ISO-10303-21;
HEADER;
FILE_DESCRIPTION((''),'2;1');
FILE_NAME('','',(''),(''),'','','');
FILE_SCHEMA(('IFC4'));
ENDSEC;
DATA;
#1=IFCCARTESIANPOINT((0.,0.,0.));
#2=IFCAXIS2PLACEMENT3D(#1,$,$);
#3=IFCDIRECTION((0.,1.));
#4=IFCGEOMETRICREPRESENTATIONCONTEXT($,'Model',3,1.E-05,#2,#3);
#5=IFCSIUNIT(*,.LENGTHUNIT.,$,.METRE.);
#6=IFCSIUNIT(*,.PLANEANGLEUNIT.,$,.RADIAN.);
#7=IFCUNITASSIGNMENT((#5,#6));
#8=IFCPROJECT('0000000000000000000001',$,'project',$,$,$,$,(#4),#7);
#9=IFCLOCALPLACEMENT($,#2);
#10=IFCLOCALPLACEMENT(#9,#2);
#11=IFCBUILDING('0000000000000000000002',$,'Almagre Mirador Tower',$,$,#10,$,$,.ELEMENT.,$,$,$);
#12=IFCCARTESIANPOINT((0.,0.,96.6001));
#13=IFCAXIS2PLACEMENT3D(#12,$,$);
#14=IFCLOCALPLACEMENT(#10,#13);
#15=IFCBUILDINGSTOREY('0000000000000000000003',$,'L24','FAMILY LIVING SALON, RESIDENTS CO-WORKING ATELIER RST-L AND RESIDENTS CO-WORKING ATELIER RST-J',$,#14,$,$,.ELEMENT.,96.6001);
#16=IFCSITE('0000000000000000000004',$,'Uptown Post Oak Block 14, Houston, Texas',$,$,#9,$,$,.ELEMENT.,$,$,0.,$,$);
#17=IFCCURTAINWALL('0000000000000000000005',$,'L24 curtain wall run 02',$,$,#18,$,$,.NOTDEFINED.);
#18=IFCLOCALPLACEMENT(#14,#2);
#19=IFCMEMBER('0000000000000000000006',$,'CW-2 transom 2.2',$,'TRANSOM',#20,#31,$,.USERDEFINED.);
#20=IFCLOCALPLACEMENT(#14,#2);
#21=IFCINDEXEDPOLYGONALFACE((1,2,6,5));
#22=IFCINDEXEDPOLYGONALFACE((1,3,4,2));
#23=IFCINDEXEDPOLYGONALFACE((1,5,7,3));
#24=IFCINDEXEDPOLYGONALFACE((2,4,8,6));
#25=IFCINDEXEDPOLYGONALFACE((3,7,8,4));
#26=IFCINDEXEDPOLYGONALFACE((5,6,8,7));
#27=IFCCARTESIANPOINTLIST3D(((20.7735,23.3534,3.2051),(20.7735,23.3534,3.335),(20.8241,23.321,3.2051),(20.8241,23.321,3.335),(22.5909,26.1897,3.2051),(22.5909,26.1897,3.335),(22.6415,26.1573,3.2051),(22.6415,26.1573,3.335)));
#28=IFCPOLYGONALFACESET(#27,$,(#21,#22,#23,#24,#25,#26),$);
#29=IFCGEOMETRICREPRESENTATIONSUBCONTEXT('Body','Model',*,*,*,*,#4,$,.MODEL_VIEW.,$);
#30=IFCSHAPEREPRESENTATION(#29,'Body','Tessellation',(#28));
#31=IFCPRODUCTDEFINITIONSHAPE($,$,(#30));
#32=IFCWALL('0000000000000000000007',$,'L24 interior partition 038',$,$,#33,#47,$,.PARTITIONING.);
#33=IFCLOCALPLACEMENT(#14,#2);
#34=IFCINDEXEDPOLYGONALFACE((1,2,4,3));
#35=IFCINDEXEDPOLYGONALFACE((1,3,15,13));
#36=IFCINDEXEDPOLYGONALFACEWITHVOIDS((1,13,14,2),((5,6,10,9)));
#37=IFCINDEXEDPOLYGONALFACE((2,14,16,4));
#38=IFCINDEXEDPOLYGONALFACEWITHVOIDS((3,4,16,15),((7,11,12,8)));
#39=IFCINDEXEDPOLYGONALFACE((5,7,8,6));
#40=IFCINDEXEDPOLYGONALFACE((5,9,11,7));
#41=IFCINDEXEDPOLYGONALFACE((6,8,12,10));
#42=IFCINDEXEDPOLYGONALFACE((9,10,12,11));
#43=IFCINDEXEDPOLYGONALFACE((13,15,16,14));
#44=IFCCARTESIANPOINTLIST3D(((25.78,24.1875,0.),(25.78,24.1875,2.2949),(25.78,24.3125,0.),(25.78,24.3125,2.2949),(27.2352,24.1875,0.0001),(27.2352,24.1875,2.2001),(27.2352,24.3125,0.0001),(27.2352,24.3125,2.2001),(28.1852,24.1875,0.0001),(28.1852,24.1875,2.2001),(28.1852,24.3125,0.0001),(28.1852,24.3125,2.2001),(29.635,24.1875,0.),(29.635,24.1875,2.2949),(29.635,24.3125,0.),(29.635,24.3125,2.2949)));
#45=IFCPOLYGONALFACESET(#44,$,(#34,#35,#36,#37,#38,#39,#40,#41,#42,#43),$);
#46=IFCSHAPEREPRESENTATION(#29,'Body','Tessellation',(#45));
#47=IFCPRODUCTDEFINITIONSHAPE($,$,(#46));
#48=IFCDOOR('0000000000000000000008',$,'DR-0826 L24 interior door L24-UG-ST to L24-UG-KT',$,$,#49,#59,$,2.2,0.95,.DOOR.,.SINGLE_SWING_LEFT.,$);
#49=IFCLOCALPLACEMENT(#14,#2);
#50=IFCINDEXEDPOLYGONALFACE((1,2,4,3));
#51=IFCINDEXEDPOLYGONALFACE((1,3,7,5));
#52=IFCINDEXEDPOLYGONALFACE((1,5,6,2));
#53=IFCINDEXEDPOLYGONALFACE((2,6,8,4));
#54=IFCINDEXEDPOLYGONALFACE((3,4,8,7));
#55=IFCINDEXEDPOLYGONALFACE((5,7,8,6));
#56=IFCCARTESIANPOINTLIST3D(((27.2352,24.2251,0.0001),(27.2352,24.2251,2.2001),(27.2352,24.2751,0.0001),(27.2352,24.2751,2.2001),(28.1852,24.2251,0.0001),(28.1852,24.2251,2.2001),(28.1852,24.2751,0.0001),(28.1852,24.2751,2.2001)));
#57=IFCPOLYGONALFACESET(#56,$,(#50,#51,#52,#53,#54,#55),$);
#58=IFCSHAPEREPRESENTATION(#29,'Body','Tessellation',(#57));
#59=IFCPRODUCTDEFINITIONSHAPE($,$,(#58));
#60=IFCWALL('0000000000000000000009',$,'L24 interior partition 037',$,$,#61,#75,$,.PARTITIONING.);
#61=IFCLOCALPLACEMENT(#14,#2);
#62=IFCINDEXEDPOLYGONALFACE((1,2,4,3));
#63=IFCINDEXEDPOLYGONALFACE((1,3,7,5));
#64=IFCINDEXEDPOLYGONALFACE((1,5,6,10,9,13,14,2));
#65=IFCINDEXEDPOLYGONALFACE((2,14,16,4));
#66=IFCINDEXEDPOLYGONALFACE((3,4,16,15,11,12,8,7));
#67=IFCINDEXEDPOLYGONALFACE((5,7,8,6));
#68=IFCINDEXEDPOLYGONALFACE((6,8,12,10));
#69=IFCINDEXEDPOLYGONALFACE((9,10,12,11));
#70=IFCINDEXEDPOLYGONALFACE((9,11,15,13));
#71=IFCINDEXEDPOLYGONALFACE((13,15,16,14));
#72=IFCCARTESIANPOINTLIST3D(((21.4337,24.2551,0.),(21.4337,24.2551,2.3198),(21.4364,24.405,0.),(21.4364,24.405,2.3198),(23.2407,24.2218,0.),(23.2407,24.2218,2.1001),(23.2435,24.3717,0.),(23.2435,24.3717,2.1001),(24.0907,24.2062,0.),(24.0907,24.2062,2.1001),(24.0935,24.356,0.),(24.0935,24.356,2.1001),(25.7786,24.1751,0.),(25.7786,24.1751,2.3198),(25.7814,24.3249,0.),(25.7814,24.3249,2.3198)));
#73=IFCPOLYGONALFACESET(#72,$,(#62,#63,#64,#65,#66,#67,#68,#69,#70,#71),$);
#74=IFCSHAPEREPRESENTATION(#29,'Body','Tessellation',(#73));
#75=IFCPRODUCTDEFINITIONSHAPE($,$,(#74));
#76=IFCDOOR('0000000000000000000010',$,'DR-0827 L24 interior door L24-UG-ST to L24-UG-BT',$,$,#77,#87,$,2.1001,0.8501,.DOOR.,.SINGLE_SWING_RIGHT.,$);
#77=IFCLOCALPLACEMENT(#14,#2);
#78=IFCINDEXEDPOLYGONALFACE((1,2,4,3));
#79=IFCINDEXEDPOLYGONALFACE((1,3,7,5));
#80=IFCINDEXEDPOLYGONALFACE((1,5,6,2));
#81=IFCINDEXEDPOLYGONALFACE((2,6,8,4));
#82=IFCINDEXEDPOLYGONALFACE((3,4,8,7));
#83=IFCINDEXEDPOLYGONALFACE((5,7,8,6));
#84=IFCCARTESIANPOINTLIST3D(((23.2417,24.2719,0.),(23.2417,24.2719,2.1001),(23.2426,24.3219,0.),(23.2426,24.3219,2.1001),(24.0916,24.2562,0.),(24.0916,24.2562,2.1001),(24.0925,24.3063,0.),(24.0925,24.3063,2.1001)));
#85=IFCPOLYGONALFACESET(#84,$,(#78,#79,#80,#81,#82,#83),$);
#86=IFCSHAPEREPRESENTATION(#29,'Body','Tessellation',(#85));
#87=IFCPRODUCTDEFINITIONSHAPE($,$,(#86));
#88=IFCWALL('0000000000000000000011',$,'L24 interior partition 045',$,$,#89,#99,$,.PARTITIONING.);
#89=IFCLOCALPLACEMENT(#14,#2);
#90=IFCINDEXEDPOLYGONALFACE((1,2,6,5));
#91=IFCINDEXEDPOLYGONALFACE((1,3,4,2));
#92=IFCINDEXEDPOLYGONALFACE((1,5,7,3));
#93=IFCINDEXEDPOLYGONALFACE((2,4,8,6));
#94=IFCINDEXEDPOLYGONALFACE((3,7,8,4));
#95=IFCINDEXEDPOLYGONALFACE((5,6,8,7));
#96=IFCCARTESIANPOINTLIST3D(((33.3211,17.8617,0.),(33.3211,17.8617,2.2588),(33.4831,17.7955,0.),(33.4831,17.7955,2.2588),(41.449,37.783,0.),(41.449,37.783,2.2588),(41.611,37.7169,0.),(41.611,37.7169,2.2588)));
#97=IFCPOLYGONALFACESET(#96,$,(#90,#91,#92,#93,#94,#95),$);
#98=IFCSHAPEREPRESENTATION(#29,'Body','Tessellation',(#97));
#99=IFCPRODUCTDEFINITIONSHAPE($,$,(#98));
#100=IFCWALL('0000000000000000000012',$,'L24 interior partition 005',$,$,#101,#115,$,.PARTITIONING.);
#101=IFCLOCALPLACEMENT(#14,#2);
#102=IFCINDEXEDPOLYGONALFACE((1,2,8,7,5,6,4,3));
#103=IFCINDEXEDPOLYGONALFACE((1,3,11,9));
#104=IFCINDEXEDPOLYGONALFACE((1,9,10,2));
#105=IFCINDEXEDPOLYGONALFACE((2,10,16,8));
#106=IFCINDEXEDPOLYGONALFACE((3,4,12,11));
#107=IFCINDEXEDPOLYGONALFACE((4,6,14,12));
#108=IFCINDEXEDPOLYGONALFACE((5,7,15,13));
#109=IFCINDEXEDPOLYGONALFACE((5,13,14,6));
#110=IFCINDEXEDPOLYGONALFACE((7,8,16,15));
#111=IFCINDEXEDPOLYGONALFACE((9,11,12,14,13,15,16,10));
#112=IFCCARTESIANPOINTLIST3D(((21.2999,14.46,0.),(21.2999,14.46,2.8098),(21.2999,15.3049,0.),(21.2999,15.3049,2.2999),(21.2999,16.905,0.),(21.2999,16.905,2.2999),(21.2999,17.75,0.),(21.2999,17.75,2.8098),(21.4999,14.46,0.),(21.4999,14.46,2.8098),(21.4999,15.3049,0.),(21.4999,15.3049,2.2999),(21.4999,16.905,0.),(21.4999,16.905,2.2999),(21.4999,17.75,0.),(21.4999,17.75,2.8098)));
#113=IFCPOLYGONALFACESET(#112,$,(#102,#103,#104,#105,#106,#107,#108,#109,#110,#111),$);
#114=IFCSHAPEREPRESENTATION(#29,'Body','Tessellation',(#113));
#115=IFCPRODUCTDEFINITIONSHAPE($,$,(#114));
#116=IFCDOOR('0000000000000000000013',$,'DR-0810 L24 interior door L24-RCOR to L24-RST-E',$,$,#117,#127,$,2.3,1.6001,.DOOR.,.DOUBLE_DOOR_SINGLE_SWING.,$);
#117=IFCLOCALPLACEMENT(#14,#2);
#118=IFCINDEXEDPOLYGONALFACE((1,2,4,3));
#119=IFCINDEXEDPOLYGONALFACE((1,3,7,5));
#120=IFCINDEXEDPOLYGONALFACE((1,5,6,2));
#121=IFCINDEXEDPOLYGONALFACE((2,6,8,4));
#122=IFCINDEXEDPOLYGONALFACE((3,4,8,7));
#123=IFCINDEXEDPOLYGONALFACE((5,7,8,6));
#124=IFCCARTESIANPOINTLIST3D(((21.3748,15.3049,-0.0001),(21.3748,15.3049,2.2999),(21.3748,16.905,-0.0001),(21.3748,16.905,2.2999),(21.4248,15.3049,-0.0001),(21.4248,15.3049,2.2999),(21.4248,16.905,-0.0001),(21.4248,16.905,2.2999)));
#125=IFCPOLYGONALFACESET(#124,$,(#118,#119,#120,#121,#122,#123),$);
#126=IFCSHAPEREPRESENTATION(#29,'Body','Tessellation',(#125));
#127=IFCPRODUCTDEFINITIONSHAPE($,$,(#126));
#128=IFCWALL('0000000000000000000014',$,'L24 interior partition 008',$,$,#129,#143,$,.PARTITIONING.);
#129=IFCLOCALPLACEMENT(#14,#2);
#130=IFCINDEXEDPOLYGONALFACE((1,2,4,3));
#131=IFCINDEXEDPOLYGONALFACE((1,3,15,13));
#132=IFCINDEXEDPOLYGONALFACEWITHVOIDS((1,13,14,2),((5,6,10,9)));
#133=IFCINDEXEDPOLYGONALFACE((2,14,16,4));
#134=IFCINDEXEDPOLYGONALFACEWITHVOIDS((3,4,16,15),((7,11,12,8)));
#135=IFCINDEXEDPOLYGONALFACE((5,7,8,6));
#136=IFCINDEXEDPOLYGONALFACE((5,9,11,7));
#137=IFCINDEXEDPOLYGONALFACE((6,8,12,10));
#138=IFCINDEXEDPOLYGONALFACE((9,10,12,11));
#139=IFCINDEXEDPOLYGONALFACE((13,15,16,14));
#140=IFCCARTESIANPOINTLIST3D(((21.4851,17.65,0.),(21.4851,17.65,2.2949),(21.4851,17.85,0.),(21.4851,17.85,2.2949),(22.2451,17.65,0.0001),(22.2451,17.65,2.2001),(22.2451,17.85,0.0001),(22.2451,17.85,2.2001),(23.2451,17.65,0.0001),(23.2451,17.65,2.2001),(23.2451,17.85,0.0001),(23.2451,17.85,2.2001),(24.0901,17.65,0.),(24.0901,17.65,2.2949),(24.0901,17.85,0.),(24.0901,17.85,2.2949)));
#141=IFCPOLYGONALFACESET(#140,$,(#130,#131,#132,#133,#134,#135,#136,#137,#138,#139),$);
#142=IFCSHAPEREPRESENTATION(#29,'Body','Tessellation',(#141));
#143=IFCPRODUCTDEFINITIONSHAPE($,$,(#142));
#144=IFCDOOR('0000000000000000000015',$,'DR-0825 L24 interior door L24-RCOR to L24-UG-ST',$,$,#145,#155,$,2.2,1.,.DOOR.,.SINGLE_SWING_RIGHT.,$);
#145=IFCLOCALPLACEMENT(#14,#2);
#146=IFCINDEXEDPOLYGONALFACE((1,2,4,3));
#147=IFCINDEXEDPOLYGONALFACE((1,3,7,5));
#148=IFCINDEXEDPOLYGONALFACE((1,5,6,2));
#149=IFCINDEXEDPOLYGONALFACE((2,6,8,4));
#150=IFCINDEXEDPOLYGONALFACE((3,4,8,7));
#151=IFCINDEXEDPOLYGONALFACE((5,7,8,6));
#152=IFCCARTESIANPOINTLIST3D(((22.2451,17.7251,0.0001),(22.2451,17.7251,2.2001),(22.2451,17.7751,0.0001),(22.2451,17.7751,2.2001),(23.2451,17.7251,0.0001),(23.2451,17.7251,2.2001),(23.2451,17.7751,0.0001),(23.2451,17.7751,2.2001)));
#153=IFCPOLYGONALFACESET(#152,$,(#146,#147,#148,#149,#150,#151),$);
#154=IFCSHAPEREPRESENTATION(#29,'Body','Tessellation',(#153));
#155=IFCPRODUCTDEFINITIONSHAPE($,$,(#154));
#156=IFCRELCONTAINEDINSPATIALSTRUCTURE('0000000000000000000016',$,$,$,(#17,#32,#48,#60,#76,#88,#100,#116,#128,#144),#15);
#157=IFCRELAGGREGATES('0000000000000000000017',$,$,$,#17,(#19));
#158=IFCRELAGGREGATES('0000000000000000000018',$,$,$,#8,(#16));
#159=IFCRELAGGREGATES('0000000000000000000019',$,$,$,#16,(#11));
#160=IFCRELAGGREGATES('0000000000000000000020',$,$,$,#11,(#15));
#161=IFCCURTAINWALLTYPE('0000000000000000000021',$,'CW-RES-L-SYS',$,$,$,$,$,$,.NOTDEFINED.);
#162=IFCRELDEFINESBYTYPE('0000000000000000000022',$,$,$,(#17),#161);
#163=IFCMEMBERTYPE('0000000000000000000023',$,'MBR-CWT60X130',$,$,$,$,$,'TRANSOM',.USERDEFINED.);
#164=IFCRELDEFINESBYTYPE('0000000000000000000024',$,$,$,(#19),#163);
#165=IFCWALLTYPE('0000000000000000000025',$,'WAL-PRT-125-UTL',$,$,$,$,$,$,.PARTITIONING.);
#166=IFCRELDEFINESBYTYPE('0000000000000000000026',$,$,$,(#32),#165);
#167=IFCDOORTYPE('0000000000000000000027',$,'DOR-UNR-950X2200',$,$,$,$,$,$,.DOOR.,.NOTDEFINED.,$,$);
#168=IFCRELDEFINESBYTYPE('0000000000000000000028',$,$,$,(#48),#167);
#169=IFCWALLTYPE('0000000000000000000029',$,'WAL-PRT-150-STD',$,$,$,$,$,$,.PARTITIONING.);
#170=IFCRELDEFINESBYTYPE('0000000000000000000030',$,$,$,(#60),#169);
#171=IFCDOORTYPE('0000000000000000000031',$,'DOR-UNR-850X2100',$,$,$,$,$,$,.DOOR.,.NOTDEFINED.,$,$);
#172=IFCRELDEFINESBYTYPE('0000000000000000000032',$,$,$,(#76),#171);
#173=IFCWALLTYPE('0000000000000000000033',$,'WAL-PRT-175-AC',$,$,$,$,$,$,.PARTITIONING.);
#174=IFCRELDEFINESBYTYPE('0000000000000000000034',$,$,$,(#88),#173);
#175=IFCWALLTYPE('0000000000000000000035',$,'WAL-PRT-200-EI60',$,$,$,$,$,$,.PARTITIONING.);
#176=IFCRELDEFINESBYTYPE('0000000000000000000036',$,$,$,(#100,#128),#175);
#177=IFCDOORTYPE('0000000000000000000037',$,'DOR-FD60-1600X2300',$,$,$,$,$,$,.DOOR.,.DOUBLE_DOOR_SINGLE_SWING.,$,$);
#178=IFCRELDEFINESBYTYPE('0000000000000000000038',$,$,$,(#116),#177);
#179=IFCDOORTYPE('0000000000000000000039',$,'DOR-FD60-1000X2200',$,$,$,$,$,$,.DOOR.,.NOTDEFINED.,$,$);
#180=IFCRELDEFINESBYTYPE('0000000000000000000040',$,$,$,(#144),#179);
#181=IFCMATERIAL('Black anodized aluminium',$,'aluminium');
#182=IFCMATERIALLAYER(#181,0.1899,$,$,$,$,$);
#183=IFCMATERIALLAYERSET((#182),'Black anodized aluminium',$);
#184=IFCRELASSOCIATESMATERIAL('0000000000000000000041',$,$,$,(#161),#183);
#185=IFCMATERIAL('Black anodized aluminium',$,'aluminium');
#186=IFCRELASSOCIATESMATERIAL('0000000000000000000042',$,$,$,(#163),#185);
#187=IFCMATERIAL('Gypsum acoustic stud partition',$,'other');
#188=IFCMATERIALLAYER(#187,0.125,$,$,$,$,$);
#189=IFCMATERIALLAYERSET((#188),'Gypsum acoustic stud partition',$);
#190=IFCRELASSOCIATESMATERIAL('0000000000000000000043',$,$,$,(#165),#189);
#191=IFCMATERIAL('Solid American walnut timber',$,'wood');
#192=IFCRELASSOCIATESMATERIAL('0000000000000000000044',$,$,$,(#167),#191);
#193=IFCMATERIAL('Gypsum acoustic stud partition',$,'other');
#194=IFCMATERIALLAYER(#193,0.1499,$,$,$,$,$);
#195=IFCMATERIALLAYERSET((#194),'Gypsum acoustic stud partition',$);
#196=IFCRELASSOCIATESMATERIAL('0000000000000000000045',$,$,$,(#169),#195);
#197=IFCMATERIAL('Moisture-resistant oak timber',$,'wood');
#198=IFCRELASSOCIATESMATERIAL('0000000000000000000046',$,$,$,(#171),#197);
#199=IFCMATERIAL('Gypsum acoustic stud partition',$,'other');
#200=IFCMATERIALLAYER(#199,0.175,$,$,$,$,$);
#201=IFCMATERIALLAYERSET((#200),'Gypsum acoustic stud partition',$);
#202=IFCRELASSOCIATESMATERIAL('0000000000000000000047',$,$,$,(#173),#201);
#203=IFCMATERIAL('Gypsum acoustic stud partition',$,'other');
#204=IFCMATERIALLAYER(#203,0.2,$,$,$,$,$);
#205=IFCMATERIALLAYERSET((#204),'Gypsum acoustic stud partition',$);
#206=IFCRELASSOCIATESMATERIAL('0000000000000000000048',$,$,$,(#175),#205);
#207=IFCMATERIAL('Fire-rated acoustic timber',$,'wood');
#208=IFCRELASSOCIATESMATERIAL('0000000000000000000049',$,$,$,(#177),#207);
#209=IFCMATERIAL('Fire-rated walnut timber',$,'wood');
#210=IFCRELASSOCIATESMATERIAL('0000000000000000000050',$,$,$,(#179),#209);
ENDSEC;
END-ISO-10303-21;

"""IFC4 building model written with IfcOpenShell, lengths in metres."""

from ifc_helpers import new_model, si_unit, direction, frame, frame_2d, origin, origin_2d, place, context, subcontext, project, spatial, rectangle, extrude, material, layer, layer_set, material_profile, profile_set, type_object, element, fill, aggregate, save


model = new_model("IFC4")

# Units and contexts
model_context = context("Model", 3, precision=1e-05, world=origin(), true_north=direction((0.0, 1.0)))
body_context = subcontext(model_context, "Body", "Model", "MODEL_VIEW")
ifc_project = project(units=[si_unit("LENGTHUNIT", "METRE"), si_unit("PLANEANGLEUNIT", "RADIAN")], contexts=[model_context])

# Site, building, storey
site_placement = place(None, origin())
site = spatial("IfcSite", under=ifc_project, at=site_placement, Name="Uptown Post Oak Block 14, Houston, Texas", CompositionType="ELEMENT", RefElevation=0.0)
building_placement = place(site_placement, origin())
building = spatial("IfcBuilding", under=site, at=building_placement, Name="Almagre Mirador Tower", CompositionType="ELEMENT")
storey_placement = place(building_placement, frame((0.0, 0.0, 96.6001)))
storey = spatial("IfcBuildingStorey", under=building, at=storey_placement, Name="L24", Description="FAMILY LIVING SALON, RESIDENTS CO-WORKING ATELIER RST-L AND RESIDENTS CO-WORKING ATELIER RST-J", CompositionType="ELEMENT", Elevation=96.6001)

# Curtain wall, member
ifc_material_1 = material(Name="Black anodized aluminium", Category="aluminium")
ifc_layer_1 = layer(ifc_material_1, 0.1899)
ifc_layer_set_1 = layer_set([ifc_layer_1], Name="Black anodized aluminium")
curtain_wall_type = type_object("IfcCurtainWallType", Name="CW-RES-L-SYS", PredefinedType="NOTDEFINED", material=ifc_layer_set_1)
curtain_wall_placement = place(storey_placement, origin())
curtain_wall = element("IfcCurtainWall", 1, at=curtain_wall_placement, inside=storey, type_object=curtain_wall_type, Name="L24 curtain wall run 02", PredefinedType="NOTDEFINED")
ifc_material_2 = material(Name="Black anodized aluminium", Category="aluminium")
ifc_material_profile_1 = material_profile(ifc_material_2, rectangle(XDim=0.0601, YDim=0.1299, at=origin_2d()), Name="CWT60X130")
ifc_profile_set_1 = profile_set([ifc_material_profile_1], Name="Black anodized aluminium")
member_type = type_object("IfcMemberType", Name="MBR-CWT60X130", ElementType="TRANSOM", PredefinedType="USERDEFINED", material=ifc_profile_set_1)
member_placement = place(storey_placement, frame((20.7988, 23.3372, 3.27), z_axis=(0.53949, 0.841992, 0.0), x_axis=(-0.841992, 0.53949, 0.0)))
member = element("IfcMember", 2, at=member_placement, type_object=member_type, Name="CW-2 transom 2.2", ObjectType="TRANSOM", PredefinedType="USERDEFINED", context=body_context, shape_type="SweptSolid", body=[
    extrude(rectangle(XDim=0.0601, YDim=0.1299, at=origin_2d()), origin(), (0.0, 0.0, 1.0), 3.3687),
])
aggregate(curtain_wall, [member])

# Walls, openings, doors
ifc_material_3 = material(Name="Gypsum acoustic stud partition", Category="other")
ifc_layer_2 = layer(ifc_material_3, 0.125)
ifc_layer_set_2 = layer_set([ifc_layer_2], Name="Gypsum acoustic stud partition")
wall_type_1 = type_object("IfcWallType", Name="WAL-PRT-125-UTL", PredefinedType="PARTITIONING", material=ifc_layer_set_2)
wall_1_placement = place(storey_placement, frame((29.635, 24.25, 0.0), z_axis=(0.0, 0.0, 1.0), x_axis=(-1.0, 0.0, 0.0)))
wall_1 = element("IfcWall", 3, at=wall_1_placement, inside=storey, type_object=wall_type_1, Name="L24 interior partition 038", PredefinedType="PARTITIONING", context=body_context, shape_type="SweptSolid", body=[
    extrude(rectangle(XDim=3.855, YDim=0.125, at=frame_2d((1.9275, 0.0))), origin(), (0.0, 0.0, 1.0), 2.2949),
])
opening_1_placement = place(wall_1_placement, frame((1.4497, 0.0, 0.0)))
opening_1 = element("IfcOpeningElement", 4, at=opening_1_placement, cuts=wall_1, PredefinedType="OPENING", context=body_context, shape_type="SweptSolid", body=[
    extrude(rectangle(XDim=0.95, YDim=2.2, at=frame_2d((0.4751, 1.1001))), frame((0.0, 0.0725, 0.0), z_axis=(0.0, -1.0, 0.0), x_axis=(1.0, 0.0, 0.0)), (0.0, 0.0, 1.0), 0.145),
])
ifc_material_4 = material(Name="Solid American walnut timber", Category="wood")
door_type_1 = type_object("IfcDoorType", Name="DOR-UNR-950X2200", OperationType="NOTDEFINED", PredefinedType="DOOR", material=ifc_material_4)
door_1_placement = place(opening_1_placement, origin())
door_1 = element("IfcDoor", 5, at=door_1_placement, inside=storey, type_object=door_type_1, Name="DR-0826 L24 interior door L24-UG-ST to L24-UG-KT", OperationType="SINGLE_SWING_LEFT", OverallHeight=2.2, OverallWidth=0.95, PredefinedType="DOOR", context=body_context, shape_type="SweptSolid", body=[
    extrude(rectangle(XDim=0.95, YDim=2.2, at=frame_2d((0.4751, 1.1001))), frame((0.0, 0.0249, 0.0), z_axis=(0.0, -1.0, 0.0), x_axis=(1.0, 0.0, 0.0)), (0.0, 0.0, 1.0), 0.05),
])
fill(opening_1, door_1)
ifc_material_5 = material(Name="Gypsum acoustic stud partition", Category="other")
ifc_layer_3 = layer(ifc_material_5, 0.1499)
ifc_layer_set_3 = layer_set([ifc_layer_3], Name="Gypsum acoustic stud partition")
wall_type_2 = type_object("IfcWallType", Name="WAL-PRT-150-STD", PredefinedType="PARTITIONING", material=ifc_layer_set_3)
wall_2_placement = place(storey_placement, frame((25.78, 24.25, 0.0), z_axis=(0.0, 0.0, 1.0), x_axis=(-0.99983, 0.018427, 0.0)))
wall_2 = element("IfcWall", 6, at=wall_2_placement, inside=storey, type_object=wall_type_2, Name="L24 interior partition 037", PredefinedType="PARTITIONING", context=body_context, shape_type="SweptSolid", body=[
    extrude(rectangle(XDim=4.3457, YDim=0.1499, at=frame_2d((2.1729, 0.0))), origin(), (0.0, 0.0, 1.0), 2.3198),
])
opening_2_placement = place(wall_2_placement, frame((1.6882, 0.0, 0.0)))
opening_2 = element("IfcOpeningElement", 7, at=opening_2_placement, cuts=wall_2, PredefinedType="OPENING", context=body_context, shape_type="SweptSolid", body=[
    extrude(rectangle(XDim=0.8501, YDim=2.1001, at=frame_2d((0.425, 1.05))), frame((0.0, 0.085, 0.0), z_axis=(0.0, -1.0, 0.0), x_axis=(1.0, 0.0, 0.0)), (0.0, 0.0, 1.0), 0.1699),
])
ifc_material_6 = material(Name="Moisture-resistant oak timber", Category="wood")
door_type_2 = type_object("IfcDoorType", Name="DOR-UNR-850X2100", OperationType="NOTDEFINED", PredefinedType="DOOR", material=ifc_material_6)
door_2_placement = place(opening_2_placement, origin())
door_2 = element("IfcDoor", 8, at=door_2_placement, inside=storey, type_object=door_type_2, Name="DR-0827 L24 interior door L24-UG-ST to L24-UG-BT", OperationType="SINGLE_SWING_RIGHT", OverallHeight=2.1001, OverallWidth=0.8501, PredefinedType="DOOR", context=body_context, shape_type="SweptSolid", body=[
    extrude(rectangle(XDim=0.8501, YDim=2.1001, at=frame_2d((0.425, 1.05))), frame((0.0, 0.0249, 0.0), z_axis=(0.0, -1.0, 0.0), x_axis=(1.0, 0.0, 0.0)), (0.0, 0.0, 1.0), 0.05),
])
fill(opening_2, door_2)

# Wall
ifc_material_7 = material(Name="Gypsum acoustic stud partition", Category="other")
ifc_layer_4 = layer(ifc_material_7, 0.175)
ifc_layer_set_4 = layer_set([ifc_layer_4], Name="Gypsum acoustic stud partition")
wall_type_3 = type_object("IfcWallType", Name="WAL-PRT-175-AC", PredefinedType="PARTITIONING", material=ifc_layer_set_4)
wall_3_placement = place(storey_placement, frame((33.4021, 17.8286, 0.0), z_axis=(0.0, 0.0, 1.0), x_axis=(0.377768, 0.9259, 0.0)))
element("IfcWall", 9, at=wall_3_placement, inside=storey, type_object=wall_type_3, Name="L24 interior partition 045", PredefinedType="PARTITIONING", context=body_context, shape_type="SweptSolid", body=[
    extrude(rectangle(XDim=21.5156, YDim=0.175, at=frame_2d((10.7578, 0.0))), origin(), (0.0, 0.0, 1.0), 2.2588),
])

# Walls, openings, doors
ifc_material_8 = material(Name="Gypsum acoustic stud partition", Category="other")
ifc_layer_5 = layer(ifc_material_8, 0.2)
ifc_layer_set_5 = layer_set([ifc_layer_5], Name="Gypsum acoustic stud partition")
wall_type_4 = type_object("IfcWallType", Name="WAL-PRT-200-EI60", PredefinedType="PARTITIONING", material=ifc_layer_set_5)
wall_4_placement = place(storey_placement, frame((21.3999, 17.75, 0.0), z_axis=(0.0, 0.0, 1.0), x_axis=(0.0, -1.0, 0.0)))
wall_4 = element("IfcWall", 10, at=wall_4_placement, inside=storey, type_object=wall_type_4, Name="L24 interior partition 005", PredefinedType="PARTITIONING", context=body_context, shape_type="SweptSolid", body=[
    extrude(rectangle(XDim=3.29, YDim=0.2, at=frame_2d((1.645, 0.0))), origin(), (0.0, 0.0, 1.0), 2.8098),
])
opening_3_placement = place(wall_4_placement, frame((0.845, 0.0, 0.0)))
opening_3 = element("IfcOpeningElement", 11, at=opening_3_placement, cuts=wall_4, PredefinedType="OPENING", context=body_context, shape_type="SweptSolid", body=[
    extrude(rectangle(XDim=1.6001, YDim=2.3, at=frame_2d((0.8, 1.1499))), frame((0.0, 0.1101, 0.0), z_axis=(0.0, -1.0, 0.0), x_axis=(1.0, 0.0, 0.0)), (0.0, 0.0, 1.0), 0.22),
])
ifc_material_9 = material(Name="Fire-rated acoustic timber", Category="wood")
door_type_3 = type_object("IfcDoorType", Name="DOR-FD60-1600X2300", OperationType="DOUBLE_DOOR_SINGLE_SWING", PredefinedType="DOOR", material=ifc_material_9)
door_3_placement = place(opening_3_placement, origin())
door_3 = element("IfcDoor", 12, at=door_3_placement, inside=storey, type_object=door_type_3, Name="DR-0810 L24 interior door L24-RCOR to L24-RST-E", OperationType="DOUBLE_DOOR_SINGLE_SWING", OverallHeight=2.3, OverallWidth=1.6001, PredefinedType="DOOR", context=body_context, shape_type="SweptSolid", body=[
    extrude(rectangle(XDim=1.6001, YDim=2.3, at=frame_2d((0.8, 1.1499))), frame((0.0, 0.0249, 0.0), z_axis=(0.0, -1.0, 0.0), x_axis=(1.0, 0.0, 0.0)), (0.0, 0.0, 1.0), 0.05),
])
fill(opening_3, door_3)
wall_5_placement = place(storey_placement, frame((24.0901, 17.75, 0.0), z_axis=(0.0, 0.0, 1.0), x_axis=(-1.0, 0.0, 0.0)))
wall_5 = element("IfcWall", 13, at=wall_5_placement, inside=storey, type_object=wall_type_4, Name="L24 interior partition 008", PredefinedType="PARTITIONING", context=body_context, shape_type="SweptSolid", body=[
    extrude(rectangle(XDim=2.605, YDim=0.2, at=frame_2d((1.3025, 0.0))), origin(), (0.0, 0.0, 1.0), 2.2949),
])
opening_4_placement = place(wall_5_placement, frame((0.845, 0.0, 0.0)))
opening_4 = element("IfcOpeningElement", 14, at=opening_4_placement, cuts=wall_5, PredefinedType="OPENING", context=body_context, shape_type="SweptSolid", body=[
    extrude(rectangle(XDim=1.0, YDim=2.2, at=frame_2d((0.5, 1.1001))), frame((0.0, 0.1101, 0.0), z_axis=(0.0, -1.0, 0.0), x_axis=(1.0, 0.0, 0.0)), (0.0, 0.0, 1.0), 0.22),
])
ifc_material_10 = material(Name="Fire-rated walnut timber", Category="wood")
door_type_4 = type_object("IfcDoorType", Name="DOR-FD60-1000X2200", OperationType="NOTDEFINED", PredefinedType="DOOR", material=ifc_material_10)
door_4_placement = place(opening_4_placement, origin())
door_4 = element("IfcDoor", 15, at=door_4_placement, inside=storey, type_object=door_type_4, Name="DR-0825 L24 interior door L24-RCOR to L24-UG-ST", OperationType="SINGLE_SWING_RIGHT", OverallHeight=2.2, OverallWidth=1.0, PredefinedType="DOOR", context=body_context, shape_type="SweptSolid", body=[
    extrude(rectangle(XDim=1.0, YDim=2.2, at=frame_2d((0.5, 1.1001))), frame((0.0, 0.0249, 0.0), z_axis=(0.0, -1.0, 0.0), x_axis=(1.0, 0.0, 0.0)), (0.0, 0.0, 1.0), 0.05),
])
fill(opening_4, door_4)

save(model, "model.ifc")
